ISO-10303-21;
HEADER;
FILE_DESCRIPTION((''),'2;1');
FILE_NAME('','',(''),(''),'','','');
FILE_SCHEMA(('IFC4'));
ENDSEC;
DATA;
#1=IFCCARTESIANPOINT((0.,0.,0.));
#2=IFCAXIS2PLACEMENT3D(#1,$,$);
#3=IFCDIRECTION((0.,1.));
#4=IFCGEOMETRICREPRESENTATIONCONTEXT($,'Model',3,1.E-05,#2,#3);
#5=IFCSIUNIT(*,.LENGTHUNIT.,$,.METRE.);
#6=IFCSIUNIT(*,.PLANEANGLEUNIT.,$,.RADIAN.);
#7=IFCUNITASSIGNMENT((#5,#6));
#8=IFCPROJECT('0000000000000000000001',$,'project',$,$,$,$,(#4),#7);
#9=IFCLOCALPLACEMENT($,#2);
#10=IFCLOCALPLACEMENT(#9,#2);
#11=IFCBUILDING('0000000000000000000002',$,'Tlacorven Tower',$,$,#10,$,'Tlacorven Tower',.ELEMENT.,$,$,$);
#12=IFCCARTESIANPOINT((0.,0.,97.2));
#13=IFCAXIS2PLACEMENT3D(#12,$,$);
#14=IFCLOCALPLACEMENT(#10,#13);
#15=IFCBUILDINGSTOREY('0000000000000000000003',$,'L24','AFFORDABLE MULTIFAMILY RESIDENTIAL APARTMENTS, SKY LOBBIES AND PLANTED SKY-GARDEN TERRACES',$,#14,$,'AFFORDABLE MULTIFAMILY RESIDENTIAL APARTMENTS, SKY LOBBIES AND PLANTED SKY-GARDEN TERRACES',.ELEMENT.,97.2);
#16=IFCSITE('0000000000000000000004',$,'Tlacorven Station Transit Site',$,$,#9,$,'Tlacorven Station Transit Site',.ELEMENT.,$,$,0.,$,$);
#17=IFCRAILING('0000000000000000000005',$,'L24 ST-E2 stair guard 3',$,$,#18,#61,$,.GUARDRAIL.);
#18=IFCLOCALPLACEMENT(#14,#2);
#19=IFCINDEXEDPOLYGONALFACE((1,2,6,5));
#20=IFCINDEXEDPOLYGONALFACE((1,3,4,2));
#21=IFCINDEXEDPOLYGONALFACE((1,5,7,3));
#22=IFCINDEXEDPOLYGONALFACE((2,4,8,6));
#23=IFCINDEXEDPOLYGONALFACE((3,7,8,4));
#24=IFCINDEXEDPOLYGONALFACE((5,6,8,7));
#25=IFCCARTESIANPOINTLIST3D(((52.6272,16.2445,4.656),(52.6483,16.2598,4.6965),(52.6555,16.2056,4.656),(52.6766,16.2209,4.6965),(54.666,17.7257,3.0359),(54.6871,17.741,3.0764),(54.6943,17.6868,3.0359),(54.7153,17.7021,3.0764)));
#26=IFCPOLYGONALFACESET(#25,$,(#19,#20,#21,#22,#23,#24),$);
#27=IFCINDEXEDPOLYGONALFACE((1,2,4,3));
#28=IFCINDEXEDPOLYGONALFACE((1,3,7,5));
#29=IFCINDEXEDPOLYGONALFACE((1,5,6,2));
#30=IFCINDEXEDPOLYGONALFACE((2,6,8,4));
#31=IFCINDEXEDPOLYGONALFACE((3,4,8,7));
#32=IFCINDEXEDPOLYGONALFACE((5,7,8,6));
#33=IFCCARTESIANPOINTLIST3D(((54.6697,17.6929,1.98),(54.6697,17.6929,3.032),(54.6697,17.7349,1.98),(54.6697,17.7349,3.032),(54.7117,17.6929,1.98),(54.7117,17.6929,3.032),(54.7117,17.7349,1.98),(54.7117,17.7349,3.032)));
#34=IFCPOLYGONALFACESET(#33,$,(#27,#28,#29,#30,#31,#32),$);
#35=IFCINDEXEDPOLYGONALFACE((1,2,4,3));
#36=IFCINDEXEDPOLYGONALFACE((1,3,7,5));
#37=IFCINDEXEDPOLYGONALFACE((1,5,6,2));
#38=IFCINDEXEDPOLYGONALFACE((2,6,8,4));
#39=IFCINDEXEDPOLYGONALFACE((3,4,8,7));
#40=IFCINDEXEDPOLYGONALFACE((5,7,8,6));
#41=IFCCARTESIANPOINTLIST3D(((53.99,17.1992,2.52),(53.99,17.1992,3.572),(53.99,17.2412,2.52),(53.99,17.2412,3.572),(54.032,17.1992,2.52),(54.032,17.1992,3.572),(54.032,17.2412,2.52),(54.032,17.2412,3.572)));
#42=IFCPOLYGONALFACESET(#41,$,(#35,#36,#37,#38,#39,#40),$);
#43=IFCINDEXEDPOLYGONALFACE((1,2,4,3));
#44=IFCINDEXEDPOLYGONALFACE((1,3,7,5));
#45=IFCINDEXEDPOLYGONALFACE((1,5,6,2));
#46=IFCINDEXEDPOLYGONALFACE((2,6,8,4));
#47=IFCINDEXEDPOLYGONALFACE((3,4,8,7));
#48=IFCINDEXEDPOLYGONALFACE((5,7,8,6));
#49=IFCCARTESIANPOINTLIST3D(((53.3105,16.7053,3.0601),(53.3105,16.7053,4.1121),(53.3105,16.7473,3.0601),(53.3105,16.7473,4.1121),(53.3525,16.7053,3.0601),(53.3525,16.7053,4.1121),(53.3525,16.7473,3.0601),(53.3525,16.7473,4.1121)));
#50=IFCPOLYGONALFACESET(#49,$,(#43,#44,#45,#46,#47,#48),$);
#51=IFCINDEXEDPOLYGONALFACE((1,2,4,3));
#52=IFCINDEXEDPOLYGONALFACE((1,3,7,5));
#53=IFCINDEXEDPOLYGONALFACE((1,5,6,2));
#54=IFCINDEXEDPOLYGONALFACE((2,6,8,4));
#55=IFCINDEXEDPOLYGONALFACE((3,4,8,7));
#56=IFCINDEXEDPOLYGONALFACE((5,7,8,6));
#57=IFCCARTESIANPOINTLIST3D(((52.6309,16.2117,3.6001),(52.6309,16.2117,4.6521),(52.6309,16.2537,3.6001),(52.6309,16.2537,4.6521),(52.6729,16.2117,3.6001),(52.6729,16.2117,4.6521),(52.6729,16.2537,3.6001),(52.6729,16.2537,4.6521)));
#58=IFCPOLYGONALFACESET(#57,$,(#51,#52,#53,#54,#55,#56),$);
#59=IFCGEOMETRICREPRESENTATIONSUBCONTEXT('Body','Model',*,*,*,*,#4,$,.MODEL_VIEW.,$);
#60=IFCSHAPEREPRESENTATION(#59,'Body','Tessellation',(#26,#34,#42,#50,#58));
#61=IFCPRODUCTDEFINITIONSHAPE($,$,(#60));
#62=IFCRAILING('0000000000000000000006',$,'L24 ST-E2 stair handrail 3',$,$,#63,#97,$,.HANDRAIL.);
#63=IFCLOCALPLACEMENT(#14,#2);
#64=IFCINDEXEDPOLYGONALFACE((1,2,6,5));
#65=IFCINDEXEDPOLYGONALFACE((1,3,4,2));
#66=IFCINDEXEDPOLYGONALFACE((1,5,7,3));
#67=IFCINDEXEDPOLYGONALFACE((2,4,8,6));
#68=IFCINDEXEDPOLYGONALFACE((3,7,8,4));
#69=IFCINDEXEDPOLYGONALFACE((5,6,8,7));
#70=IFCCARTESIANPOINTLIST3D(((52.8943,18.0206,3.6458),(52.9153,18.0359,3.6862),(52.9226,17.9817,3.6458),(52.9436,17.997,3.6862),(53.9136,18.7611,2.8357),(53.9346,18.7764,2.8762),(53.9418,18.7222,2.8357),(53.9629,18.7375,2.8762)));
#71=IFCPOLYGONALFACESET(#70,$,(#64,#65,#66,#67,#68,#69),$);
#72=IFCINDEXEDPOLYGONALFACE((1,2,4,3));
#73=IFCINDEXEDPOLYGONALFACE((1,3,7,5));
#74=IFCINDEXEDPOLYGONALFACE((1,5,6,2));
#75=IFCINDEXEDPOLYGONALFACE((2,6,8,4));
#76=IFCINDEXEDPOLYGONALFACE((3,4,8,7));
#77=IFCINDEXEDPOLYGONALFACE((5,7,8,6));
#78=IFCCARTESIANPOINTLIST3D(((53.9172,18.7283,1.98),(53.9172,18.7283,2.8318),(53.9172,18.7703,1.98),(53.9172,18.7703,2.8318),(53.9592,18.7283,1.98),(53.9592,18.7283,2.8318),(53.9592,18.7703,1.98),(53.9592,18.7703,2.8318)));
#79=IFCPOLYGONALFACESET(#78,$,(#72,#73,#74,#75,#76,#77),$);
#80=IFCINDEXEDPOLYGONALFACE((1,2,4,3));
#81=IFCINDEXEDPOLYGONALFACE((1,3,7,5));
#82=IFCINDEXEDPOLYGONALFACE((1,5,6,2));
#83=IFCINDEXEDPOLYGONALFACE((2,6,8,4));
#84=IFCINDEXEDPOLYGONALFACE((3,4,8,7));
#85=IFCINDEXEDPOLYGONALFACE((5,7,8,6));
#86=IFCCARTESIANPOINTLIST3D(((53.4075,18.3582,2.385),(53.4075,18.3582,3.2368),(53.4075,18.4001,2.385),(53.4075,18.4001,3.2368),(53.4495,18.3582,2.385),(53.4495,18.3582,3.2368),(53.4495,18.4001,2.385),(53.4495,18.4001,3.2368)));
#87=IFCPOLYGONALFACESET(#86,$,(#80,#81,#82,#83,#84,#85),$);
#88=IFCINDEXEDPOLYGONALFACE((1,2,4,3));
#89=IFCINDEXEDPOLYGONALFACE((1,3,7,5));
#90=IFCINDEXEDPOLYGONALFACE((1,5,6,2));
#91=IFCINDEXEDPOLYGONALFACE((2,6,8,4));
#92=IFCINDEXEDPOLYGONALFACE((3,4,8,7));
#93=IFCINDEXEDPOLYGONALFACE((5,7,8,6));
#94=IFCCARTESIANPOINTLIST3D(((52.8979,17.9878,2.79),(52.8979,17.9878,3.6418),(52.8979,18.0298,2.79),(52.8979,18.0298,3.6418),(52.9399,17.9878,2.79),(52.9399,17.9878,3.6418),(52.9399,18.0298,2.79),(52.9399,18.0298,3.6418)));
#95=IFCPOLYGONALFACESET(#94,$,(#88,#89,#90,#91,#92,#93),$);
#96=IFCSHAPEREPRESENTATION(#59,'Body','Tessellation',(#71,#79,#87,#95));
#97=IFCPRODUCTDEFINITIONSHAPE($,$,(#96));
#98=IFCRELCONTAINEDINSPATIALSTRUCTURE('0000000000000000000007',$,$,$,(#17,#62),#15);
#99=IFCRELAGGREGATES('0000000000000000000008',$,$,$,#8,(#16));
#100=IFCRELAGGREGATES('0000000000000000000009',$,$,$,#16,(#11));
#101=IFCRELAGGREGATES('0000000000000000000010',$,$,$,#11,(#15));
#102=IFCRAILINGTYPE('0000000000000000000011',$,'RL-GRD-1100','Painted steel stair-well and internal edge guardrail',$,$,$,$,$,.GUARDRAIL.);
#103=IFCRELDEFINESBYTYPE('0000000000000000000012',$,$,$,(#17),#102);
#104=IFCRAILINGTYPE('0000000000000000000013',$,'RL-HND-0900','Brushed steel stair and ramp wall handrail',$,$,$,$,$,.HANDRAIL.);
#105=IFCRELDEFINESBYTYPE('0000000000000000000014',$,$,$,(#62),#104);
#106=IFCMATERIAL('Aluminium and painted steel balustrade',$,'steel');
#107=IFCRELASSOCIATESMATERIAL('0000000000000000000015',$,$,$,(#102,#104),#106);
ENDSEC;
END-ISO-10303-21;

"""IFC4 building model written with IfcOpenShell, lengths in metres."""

from ifc_helpers import new_model, si_unit, direction, frame, origin, origin_2d, place, context, subcontext, project, spatial, rectangle, extrude, source, transform, mapped, material, type_object, element, save


model = new_model("IFC4")

# Units and contexts
model_context = context("Model", 3, precision=1e-05, world=origin(), true_north=direction((0.0, 1.0)))
body_context = subcontext(model_context, "Body", "Model", "MODEL_VIEW")
ifc_project = project(units=[si_unit("LENGTHUNIT", "METRE"), si_unit("PLANEANGLEUNIT", "RADIAN")], contexts=[model_context])

# Site, building, storey
site_placement = place(None, origin())
site = spatial("IfcSite", under=ifc_project, at=site_placement, Name="Tlacorven Station Transit Site", LongName="Tlacorven Station Transit Site", CompositionType="ELEMENT", RefElevation=0.0)
building_placement = place(site_placement, origin())
building = spatial("IfcBuilding", under=site, at=building_placement, Name="Tlacorven Tower", LongName="Tlacorven Tower", CompositionType="ELEMENT")
storey_placement = place(building_placement, frame((0.0, 0.0, 97.2)))
storey = spatial("IfcBuildingStorey", under=building, at=storey_placement, Name="L24", Description="AFFORDABLE MULTIFAMILY RESIDENTIAL APARTMENTS, SKY LOBBIES AND PLANTED SKY-GARDEN TERRACES", LongName="AFFORDABLE MULTIFAMILY RESIDENTIAL APARTMENTS, SKY LOBBIES AND PLANTED SKY-GARDEN TERRACES", CompositionType="ELEMENT", Elevation=97.2)

# Shared definitions
ifc_material_1 = material(Name="Aluminium and painted steel balustrade", Category="steel")
railing_type_1 = type_object("IfcRailingType", Name="RL-GRD-1100", Description="Painted steel stair-well and internal edge guardrail", PredefinedType="GUARDRAIL", material=ifc_material_1)

# Railings
railing_type_2 = type_object("IfcRailingType", Name="RL-HND-0900", Description="Brushed steel stair and ramp wall handrail", PredefinedType="HANDRAIL", material=ifc_material_1)
shared_shape_1 = source(origin(), body_context, "Body", "SweptSolid", [
    extrude(rectangle(XDim=0.0481, YDim=0.0481, at=origin_2d()), frame((0.0, 0.0, 1.0762), z_axis=(-0.680532, -0.494407, 0.540775), x_axis=(0.587763, -0.809033, 0.0)), (0.0, 0.0, 1.0), 2.9958),
    extrude(rectangle(XDim=0.042, YDim=0.042, at=origin_2d()), origin(), (0.0, 0.0, 1.0), 1.052),
    extrude(rectangle(XDim=0.042, YDim=0.042, at=origin_2d()), frame((-0.6797, -0.4937, 0.54)), (0.0, 0.0, 1.0), 1.052),
    extrude(rectangle(XDim=0.042, YDim=0.042, at=origin_2d()), frame((-1.3591, -0.9875, 1.0801)), (0.0, 0.0, 1.0), 1.052),
    extrude(rectangle(XDim=0.042, YDim=0.042, at=origin_2d()), frame((-2.0388, -1.4812, 1.6201)), (0.0, 0.0, 1.0), 1.052),
])
railing_1_placement = place(storey_placement, frame((54.6907, 17.7139, 1.98)))
element("IfcRailing", 1, at=railing_1_placement, inside=storey, type_object=railing_type_1, Name="L24 ST-E2 stair guard 3", PredefinedType="GUARDRAIL", context=body_context, shape_type="MappedRepresentation", body=[
    mapped(shared_shape_1, transform((0.0, 0.0, 0.0), scale=1.0)),
])
shared_shape_2 = source(origin(), body_context, "Body", "SweptSolid", [
    extrude(rectangle(XDim=0.0481, YDim=0.0481, at=origin_2d()), frame((0.0, 0.0, 0.876), z_axis=(-0.680516, -0.494373, 0.540827), x_axis=(0.587745, -0.809046, 0.0)), (0.0, 0.0, 1.0), 1.4978),
    extrude(rectangle(XDim=0.042, YDim=0.042, at=origin_2d()), origin(), (0.0, 0.0, 1.0), 0.8518),
    extrude(rectangle(XDim=0.042, YDim=0.042, at=origin_2d()), frame((-0.5098, -0.3701, 0.405)), (0.0, 0.0, 1.0), 0.8518),
    extrude(rectangle(XDim=0.042, YDim=0.042, at=origin_2d()), frame((-1.0193, -0.7405, 0.8101)), (0.0, 0.0, 1.0), 0.8518),
])
railing_2_placement = place(storey_placement, frame((53.9382, 18.7493, 1.98)))
element("IfcRailing", 2, at=railing_2_placement, inside=storey, type_object=railing_type_2, Name="L24 ST-E2 stair handrail 3", PredefinedType="HANDRAIL", context=body_context, shape_type="MappedRepresentation", body=[
    mapped(shared_shape_2, transform((0.0, 0.0, 0.0), scale=1.0)),
])

save(model, "model.ifc")
